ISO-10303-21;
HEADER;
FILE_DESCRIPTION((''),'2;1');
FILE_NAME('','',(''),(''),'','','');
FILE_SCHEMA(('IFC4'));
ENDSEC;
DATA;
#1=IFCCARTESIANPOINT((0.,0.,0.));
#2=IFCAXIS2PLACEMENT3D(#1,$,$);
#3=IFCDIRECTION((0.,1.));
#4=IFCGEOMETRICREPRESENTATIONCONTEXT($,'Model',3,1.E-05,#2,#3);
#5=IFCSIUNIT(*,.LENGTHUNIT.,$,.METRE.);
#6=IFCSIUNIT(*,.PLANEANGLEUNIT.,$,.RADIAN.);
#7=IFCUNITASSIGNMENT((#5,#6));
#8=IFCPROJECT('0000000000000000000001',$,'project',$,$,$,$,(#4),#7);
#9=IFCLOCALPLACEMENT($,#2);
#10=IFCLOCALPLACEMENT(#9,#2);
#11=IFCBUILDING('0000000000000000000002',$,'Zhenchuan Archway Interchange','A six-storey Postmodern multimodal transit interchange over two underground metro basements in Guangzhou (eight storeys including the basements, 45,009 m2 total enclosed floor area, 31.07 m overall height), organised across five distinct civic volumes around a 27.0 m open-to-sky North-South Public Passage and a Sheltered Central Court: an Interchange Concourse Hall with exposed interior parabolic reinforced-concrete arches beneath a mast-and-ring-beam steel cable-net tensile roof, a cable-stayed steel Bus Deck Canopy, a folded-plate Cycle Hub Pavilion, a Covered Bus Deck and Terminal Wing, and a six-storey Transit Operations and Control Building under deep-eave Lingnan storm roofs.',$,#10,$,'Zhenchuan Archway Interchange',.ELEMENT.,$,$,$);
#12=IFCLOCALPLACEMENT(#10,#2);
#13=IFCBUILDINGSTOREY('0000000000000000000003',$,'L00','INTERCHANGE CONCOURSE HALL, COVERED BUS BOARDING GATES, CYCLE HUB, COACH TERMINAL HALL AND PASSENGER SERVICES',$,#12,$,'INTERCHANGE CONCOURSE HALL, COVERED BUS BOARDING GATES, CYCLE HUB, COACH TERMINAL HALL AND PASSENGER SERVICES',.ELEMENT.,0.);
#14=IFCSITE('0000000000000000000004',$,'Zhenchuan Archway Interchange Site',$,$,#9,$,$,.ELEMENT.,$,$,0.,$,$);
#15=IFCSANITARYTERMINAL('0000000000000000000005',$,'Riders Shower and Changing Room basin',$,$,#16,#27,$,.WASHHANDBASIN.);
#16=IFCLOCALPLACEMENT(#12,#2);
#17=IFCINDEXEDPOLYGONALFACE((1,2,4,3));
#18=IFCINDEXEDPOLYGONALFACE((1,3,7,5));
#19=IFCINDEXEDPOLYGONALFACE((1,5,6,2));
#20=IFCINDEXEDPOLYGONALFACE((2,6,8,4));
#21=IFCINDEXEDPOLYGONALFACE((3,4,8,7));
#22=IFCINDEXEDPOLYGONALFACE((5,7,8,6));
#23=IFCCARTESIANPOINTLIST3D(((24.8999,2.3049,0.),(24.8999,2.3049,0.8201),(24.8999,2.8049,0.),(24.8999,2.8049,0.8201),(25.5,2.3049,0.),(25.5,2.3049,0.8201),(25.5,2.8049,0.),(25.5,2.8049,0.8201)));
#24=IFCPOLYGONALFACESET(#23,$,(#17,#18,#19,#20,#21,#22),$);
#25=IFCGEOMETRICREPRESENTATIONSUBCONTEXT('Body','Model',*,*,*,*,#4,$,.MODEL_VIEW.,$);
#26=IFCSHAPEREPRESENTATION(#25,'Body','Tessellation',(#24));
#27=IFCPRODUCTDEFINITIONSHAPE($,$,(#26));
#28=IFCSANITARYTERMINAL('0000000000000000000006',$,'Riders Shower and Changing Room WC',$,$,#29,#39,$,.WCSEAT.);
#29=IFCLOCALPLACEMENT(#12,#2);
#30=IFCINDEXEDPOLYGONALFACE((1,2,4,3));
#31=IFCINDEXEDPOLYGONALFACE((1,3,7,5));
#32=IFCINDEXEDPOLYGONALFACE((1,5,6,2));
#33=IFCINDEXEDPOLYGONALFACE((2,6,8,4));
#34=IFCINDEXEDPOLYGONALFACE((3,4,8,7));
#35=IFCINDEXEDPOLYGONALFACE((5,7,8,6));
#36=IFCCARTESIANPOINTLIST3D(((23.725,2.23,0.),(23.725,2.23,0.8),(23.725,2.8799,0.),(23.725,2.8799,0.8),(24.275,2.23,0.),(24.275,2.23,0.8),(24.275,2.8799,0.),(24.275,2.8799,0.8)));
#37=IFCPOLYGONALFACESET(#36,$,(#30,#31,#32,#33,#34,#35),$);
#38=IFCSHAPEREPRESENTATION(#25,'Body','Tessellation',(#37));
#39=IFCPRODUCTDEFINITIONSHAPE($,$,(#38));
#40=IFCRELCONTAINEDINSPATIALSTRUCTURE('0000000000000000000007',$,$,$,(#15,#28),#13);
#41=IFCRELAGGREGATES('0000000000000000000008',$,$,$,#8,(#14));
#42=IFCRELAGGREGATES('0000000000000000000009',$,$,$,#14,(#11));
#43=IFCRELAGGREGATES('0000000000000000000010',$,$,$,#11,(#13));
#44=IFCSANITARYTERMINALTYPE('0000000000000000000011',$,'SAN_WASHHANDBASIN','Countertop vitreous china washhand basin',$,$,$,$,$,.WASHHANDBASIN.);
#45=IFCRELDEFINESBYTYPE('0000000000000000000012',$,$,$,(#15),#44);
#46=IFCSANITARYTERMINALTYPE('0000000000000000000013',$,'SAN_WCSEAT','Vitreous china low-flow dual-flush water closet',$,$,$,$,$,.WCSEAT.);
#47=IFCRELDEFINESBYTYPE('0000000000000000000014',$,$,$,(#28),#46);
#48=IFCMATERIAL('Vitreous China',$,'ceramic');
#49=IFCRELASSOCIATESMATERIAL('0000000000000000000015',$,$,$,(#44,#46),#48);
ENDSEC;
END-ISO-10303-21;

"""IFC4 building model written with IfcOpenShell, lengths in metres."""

from ifc_helpers import new_model, si_unit, direction, frame, origin, origin_2d, place, context, subcontext, project, spatial, rectangle, extrude, material, type_object, element, save


model = new_model("IFC4")

# Units and contexts
model_context = context("Model", 3, precision=1e-05, world=origin(), true_north=direction((0.0, 1.0)))
body_context = subcontext(model_context, "Body", "Model", "MODEL_VIEW")
ifc_project = project(units=[si_unit("LENGTHUNIT", "METRE"), si_unit("PLANEANGLEUNIT", "RADIAN")], contexts=[model_context])

# Site, building, storey
site_placement = place(None, origin())
site = spatial("IfcSite", under=ifc_project, at=site_placement, Name="Zhenchuan Archway Interchange Site", CompositionType="ELEMENT", RefElevation=0.0)
building_placement = place(site_placement, origin())
building = spatial("IfcBuilding", under=site, at=building_placement, Name="Zhenchuan Archway Interchange", Description="A six-storey Postmodern multimodal transit interchange over two underground metro basements in Guangzhou (eight storeys including the basements, 45,009 m2 total enclosed floor area, 31.07 m overall height), organised across five distinct civic volumes around a 27.0 m open-to-sky North-South Public Passage and a Sheltered Central Court: an Interchange Concourse Hall with exposed interior parabolic reinforced-concrete arches beneath a mast-and-ring-beam steel cable-net tensile roof, a cable-stayed steel Bus Deck Canopy, a folded-plate Cycle Hub Pavilion, a Covered Bus Deck and Terminal Wing, and a six-storey Transit Operations and Control Building under deep-eave Lingnan storm roofs.", LongName="Zhenchuan Archway Interchange", CompositionType="ELEMENT")
storey_placement = place(building_placement, origin())
storey = spatial("IfcBuildingStorey", under=building, at=storey_placement, Name="L00", Description="INTERCHANGE CONCOURSE HALL, COVERED BUS BOARDING GATES, CYCLE HUB, COACH TERMINAL HALL AND PASSENGER SERVICES", LongName="INTERCHANGE CONCOURSE HALL, COVERED BUS BOARDING GATES, CYCLE HUB, COACH TERMINAL HALL AND PASSENGER SERVICES", CompositionType="ELEMENT", Elevation=0.0)

# Sanitary terminals
ifc_material_1 = material(Name="Vitreous China", Category="ceramic")
sanitary_terminal_type_1 = type_object("IfcSanitaryTerminalType", Name="SAN_WASHHANDBASIN", Description="Countertop vitreous china washhand basin", PredefinedType="WASHHANDBASIN", material=ifc_material_1)
sanitary_terminal_1_placement = place(storey_placement, frame((25.2, 2.5549, 0.0), z_axis=(0.0, 0.0, 1.0), x_axis=(1.0, 0.0, 0.0)))
element("IfcSanitaryTerminal", 1, at=sanitary_terminal_1_placement, inside=storey, type_object=sanitary_terminal_type_1, Name="Riders Shower and Changing Room basin", PredefinedType="WASHHANDBASIN", context=body_context, shape_type="SweptSolid", body=[
    extrude(rectangle(XDim=0.6001, YDim=0.5, at=origin_2d()), origin(), (0.0, 0.0, 1.0), 0.8201),
])
sanitary_terminal_type_2 = type_object("IfcSanitaryTerminalType", Name="SAN_WCSEAT", Description="Vitreous china low-flow dual-flush water closet", PredefinedType="WCSEAT", material=ifc_material_1)
sanitary_terminal_2_placement = place(storey_placement, frame((24.0, 2.5549, 0.0), z_axis=(0.0, 0.0, 1.0), x_axis=(1.0, 0.0, 0.0)))
element("IfcSanitaryTerminal", 2, at=sanitary_terminal_2_placement, inside=storey, type_object=sanitary_terminal_type_2, Name="Riders Shower and Changing Room WC", PredefinedType="WCSEAT", context=body_context, shape_type="SweptSolid", body=[
    extrude(rectangle(XDim=0.55, YDim=0.6499, at=origin_2d()), origin(), (0.0, 0.0, 1.0), 0.8),
])

save(model, "model.ifc")
